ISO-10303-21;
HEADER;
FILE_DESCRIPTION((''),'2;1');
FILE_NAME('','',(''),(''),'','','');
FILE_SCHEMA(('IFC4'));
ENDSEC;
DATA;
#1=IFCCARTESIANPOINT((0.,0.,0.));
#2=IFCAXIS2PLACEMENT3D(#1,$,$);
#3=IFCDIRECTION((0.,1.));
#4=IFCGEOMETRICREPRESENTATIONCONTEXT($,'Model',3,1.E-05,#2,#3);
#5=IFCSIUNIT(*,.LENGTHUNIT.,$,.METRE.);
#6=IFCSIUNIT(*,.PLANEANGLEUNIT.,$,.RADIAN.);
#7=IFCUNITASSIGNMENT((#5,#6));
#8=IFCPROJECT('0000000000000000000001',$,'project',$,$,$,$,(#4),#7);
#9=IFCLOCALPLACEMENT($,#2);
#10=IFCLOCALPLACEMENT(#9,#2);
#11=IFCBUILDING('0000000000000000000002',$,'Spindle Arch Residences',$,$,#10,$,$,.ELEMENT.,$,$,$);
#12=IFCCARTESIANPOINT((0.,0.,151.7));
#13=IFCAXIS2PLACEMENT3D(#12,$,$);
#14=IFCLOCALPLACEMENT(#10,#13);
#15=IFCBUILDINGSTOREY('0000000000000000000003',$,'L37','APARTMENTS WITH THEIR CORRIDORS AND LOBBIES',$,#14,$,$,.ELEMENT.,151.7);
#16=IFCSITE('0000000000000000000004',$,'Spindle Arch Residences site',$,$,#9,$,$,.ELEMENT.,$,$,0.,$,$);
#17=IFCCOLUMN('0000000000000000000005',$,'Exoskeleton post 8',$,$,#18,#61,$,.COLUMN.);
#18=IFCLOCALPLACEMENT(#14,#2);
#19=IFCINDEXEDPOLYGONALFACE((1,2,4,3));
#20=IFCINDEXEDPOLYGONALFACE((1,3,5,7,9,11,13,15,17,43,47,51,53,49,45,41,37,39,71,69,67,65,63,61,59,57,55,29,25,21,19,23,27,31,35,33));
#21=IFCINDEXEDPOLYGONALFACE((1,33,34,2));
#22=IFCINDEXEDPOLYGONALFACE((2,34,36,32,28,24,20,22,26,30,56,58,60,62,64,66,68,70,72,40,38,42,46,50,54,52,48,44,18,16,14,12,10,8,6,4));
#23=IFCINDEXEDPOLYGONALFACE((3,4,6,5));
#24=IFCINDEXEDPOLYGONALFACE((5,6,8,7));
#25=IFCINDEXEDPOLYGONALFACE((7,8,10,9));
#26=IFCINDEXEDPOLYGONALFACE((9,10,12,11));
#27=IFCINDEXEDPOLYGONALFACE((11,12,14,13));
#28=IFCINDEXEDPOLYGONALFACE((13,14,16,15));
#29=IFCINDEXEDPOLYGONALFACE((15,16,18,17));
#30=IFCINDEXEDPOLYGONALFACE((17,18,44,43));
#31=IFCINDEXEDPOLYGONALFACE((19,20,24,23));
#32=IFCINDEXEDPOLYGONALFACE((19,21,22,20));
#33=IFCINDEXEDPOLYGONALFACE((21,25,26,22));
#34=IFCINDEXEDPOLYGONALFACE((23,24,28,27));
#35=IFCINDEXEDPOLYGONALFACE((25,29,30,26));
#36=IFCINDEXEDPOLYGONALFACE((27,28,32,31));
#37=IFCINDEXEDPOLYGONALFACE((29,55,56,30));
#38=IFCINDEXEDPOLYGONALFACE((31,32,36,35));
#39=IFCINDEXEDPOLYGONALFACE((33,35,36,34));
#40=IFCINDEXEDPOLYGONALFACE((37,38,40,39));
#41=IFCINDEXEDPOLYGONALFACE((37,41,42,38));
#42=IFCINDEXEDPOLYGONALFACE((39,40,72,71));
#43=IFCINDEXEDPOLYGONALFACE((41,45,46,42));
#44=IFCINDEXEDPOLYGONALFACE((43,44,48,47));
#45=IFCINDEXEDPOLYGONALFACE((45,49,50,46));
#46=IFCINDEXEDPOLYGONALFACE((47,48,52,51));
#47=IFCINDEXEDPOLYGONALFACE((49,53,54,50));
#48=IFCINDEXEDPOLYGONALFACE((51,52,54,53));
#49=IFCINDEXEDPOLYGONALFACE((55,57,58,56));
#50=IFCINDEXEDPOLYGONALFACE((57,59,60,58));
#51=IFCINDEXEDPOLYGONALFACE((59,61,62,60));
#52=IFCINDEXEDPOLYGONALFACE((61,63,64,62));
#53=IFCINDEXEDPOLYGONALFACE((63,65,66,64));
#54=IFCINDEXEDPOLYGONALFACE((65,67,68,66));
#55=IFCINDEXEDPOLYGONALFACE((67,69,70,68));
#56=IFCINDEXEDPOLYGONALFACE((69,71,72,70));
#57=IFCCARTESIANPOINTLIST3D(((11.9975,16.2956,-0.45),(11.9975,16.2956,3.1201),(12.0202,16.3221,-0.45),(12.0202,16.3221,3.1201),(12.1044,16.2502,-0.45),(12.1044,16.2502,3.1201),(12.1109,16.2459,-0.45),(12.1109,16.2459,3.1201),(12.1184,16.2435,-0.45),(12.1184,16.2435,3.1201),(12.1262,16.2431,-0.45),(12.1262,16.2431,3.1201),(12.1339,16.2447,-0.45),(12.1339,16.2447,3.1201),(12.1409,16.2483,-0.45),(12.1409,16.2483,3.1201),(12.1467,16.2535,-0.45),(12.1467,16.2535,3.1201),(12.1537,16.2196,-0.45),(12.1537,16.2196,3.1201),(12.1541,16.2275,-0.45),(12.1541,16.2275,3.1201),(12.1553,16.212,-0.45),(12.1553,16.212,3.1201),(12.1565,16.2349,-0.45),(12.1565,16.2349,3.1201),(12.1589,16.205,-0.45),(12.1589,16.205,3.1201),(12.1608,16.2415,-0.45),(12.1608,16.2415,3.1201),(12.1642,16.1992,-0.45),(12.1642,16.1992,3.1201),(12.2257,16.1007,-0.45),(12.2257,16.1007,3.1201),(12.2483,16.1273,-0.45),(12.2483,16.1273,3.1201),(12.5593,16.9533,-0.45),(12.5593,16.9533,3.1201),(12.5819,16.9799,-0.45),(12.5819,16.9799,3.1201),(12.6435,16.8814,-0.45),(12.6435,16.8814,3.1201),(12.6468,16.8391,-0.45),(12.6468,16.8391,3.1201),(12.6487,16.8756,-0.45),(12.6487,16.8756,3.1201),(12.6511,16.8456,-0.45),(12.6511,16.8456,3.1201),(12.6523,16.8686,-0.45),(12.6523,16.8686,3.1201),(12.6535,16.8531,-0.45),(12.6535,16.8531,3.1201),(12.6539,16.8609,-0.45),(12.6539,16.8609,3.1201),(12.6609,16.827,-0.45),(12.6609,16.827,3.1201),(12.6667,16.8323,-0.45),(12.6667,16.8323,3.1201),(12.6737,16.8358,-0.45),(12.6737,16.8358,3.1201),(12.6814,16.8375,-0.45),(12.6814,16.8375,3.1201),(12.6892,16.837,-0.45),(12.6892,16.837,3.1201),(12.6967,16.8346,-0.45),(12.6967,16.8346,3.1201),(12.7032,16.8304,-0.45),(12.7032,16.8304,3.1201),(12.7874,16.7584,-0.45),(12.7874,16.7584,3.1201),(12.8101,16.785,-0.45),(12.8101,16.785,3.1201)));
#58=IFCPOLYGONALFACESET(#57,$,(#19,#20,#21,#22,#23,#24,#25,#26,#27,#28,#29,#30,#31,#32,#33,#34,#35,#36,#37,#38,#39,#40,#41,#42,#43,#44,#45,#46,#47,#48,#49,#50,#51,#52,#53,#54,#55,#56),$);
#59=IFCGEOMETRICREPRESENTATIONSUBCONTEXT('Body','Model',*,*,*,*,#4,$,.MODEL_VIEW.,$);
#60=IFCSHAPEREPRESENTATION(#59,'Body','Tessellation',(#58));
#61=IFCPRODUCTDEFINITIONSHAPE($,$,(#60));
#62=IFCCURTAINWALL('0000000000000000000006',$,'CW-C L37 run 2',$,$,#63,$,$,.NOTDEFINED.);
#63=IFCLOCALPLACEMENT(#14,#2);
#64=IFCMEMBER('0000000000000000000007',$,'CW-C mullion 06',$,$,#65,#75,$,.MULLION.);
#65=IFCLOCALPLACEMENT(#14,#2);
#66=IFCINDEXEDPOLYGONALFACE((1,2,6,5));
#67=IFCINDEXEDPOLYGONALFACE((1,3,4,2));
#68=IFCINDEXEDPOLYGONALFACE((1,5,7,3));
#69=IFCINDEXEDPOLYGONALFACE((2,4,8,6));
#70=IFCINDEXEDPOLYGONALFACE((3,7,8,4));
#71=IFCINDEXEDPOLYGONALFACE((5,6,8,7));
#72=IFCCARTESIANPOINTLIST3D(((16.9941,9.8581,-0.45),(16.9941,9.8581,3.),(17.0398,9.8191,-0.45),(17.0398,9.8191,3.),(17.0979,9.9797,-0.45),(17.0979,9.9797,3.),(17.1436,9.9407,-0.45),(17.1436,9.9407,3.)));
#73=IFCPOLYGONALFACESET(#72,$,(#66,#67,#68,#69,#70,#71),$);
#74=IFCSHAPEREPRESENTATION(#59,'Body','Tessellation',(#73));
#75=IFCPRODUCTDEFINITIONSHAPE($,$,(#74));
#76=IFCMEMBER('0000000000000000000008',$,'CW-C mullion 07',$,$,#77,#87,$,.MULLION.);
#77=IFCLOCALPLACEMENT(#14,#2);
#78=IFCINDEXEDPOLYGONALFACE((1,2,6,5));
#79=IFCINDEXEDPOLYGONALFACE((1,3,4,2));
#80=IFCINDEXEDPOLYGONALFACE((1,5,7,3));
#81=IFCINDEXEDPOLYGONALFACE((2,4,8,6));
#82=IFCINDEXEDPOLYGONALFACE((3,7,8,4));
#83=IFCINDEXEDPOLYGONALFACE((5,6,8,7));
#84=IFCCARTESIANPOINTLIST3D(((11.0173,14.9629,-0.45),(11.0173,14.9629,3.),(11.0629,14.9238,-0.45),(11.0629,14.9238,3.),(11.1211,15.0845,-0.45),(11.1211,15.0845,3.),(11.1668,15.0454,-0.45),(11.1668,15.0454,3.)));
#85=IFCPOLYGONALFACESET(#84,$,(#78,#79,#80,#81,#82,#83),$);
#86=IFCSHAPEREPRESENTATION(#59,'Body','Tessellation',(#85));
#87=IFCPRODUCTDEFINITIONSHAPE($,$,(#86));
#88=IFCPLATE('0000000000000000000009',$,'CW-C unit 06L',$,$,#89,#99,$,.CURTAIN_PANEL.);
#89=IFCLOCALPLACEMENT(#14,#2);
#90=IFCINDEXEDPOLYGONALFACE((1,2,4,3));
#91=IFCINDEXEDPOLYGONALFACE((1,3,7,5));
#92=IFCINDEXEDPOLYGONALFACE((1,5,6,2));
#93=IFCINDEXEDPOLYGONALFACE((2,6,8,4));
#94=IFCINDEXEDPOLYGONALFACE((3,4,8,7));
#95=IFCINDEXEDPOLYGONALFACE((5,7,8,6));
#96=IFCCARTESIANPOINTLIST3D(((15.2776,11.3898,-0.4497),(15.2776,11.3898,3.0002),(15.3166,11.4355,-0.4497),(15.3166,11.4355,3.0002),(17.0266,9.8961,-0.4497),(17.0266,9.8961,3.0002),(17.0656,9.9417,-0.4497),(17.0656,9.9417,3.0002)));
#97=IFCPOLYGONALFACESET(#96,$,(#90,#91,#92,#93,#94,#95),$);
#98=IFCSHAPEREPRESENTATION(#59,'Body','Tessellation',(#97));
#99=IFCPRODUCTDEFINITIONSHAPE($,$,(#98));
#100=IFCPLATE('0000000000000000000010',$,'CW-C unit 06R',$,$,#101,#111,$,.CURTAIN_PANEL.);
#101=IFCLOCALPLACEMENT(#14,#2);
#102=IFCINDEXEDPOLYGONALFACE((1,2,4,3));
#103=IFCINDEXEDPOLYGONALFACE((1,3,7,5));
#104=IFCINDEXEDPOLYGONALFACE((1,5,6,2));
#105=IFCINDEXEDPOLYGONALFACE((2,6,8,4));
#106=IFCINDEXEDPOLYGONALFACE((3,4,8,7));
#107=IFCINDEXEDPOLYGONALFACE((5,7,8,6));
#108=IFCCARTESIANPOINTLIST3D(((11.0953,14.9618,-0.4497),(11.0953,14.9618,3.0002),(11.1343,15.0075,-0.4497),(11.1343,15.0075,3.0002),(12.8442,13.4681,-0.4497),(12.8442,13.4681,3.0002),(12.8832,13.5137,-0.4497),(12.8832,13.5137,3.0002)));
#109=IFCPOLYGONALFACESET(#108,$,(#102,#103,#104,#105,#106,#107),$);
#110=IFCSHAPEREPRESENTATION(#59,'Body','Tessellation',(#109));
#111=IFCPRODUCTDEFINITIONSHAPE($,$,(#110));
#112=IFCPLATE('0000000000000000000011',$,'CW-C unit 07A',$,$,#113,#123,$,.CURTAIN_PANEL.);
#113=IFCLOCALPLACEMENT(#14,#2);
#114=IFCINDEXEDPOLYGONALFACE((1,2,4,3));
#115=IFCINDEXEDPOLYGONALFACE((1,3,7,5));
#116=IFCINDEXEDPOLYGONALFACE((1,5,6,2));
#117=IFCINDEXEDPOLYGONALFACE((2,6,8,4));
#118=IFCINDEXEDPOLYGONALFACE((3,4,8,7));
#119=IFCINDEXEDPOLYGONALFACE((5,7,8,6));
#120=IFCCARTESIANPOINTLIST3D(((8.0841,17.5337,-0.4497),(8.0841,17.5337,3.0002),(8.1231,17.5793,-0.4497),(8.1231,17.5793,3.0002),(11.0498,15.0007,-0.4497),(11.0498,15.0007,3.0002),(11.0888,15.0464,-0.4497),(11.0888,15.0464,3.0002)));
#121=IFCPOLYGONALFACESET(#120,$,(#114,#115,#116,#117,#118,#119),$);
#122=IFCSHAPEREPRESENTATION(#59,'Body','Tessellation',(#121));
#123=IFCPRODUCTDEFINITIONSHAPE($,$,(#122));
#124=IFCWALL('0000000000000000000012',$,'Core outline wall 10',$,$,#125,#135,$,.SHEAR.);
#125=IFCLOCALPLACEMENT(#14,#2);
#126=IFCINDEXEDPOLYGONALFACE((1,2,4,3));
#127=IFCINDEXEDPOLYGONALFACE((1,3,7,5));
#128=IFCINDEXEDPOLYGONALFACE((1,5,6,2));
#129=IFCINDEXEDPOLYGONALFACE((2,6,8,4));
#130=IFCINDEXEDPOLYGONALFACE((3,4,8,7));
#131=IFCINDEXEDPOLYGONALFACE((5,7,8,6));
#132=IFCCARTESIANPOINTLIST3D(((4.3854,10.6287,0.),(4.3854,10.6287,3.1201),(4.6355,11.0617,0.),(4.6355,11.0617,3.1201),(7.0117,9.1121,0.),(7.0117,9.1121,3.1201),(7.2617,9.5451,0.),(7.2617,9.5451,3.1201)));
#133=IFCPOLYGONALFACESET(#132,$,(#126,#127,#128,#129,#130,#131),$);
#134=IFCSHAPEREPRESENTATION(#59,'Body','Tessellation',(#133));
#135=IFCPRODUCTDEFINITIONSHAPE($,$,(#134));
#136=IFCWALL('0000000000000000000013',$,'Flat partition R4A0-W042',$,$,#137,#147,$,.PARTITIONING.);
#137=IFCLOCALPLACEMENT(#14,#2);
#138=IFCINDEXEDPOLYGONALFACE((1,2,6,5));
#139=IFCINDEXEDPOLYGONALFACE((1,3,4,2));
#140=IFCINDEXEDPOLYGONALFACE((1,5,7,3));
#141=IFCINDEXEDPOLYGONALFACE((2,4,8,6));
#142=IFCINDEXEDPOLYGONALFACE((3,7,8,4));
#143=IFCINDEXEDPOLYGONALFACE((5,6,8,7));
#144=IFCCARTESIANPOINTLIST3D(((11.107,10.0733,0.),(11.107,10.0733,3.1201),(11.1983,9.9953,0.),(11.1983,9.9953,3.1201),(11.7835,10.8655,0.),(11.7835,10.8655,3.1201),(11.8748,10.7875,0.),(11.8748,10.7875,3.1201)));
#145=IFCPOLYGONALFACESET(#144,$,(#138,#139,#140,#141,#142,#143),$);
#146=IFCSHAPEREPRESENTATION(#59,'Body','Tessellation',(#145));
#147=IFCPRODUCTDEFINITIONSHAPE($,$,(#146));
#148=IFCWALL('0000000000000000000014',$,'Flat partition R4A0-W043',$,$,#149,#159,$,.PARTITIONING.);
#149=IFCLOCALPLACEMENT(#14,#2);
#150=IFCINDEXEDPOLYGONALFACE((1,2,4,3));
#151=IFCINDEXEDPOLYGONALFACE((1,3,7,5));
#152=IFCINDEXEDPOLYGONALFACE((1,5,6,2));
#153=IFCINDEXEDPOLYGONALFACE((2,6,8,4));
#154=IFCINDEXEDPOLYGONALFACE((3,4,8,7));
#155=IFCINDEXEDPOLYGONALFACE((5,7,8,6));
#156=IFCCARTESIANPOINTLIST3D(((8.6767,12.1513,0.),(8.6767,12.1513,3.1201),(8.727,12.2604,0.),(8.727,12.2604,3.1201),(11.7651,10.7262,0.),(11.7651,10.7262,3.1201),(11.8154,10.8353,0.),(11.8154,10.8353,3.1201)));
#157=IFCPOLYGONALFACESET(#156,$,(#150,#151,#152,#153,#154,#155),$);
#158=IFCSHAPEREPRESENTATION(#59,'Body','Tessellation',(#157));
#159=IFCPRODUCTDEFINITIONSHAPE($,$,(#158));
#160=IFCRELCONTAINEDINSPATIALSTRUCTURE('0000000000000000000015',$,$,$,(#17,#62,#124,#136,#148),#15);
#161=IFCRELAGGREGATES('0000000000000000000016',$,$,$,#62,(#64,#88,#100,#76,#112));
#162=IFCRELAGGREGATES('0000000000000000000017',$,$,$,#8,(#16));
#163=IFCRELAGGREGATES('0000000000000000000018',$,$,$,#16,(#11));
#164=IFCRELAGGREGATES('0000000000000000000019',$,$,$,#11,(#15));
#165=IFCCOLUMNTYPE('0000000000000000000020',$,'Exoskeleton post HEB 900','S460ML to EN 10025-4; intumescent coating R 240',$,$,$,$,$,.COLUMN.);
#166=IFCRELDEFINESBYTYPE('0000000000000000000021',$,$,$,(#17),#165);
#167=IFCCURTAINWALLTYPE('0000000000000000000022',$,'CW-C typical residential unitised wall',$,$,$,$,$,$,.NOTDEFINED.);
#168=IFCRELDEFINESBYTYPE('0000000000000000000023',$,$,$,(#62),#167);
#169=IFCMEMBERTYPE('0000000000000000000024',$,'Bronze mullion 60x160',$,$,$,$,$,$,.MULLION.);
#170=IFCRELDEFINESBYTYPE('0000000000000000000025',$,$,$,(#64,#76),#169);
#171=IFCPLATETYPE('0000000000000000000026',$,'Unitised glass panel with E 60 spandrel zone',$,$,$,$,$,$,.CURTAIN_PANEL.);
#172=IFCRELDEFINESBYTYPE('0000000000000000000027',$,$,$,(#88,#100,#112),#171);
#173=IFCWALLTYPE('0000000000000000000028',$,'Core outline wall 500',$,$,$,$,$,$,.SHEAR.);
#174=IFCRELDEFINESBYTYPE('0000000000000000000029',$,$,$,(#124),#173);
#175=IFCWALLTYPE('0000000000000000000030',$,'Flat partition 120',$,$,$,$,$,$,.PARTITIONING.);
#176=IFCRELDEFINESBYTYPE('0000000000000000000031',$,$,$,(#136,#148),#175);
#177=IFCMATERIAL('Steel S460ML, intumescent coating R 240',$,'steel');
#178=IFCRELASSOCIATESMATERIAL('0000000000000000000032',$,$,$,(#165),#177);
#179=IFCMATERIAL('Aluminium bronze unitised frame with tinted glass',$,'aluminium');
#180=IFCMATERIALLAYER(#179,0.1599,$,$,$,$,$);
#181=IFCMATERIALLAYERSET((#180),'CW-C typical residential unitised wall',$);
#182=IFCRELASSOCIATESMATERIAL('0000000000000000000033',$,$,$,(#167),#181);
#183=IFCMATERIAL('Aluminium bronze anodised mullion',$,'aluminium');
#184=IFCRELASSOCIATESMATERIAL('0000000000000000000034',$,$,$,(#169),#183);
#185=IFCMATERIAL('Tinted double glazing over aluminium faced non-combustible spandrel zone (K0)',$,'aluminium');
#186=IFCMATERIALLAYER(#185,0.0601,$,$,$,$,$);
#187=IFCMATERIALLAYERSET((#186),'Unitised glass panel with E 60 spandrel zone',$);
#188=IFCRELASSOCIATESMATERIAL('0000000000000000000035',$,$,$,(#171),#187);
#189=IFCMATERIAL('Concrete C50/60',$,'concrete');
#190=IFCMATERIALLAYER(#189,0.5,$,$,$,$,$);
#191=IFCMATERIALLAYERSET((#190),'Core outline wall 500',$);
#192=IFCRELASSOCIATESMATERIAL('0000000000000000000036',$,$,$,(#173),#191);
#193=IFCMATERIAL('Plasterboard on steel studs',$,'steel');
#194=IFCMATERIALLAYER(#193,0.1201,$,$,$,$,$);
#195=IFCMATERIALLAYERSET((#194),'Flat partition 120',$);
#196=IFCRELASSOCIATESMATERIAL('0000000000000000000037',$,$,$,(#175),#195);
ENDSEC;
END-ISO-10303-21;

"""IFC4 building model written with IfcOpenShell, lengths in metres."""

from ifc_helpers import new_model, si_unit, direction, frame, frame_2d, origin, origin_2d, place, context, subcontext, project, spatial, rectangle, i_section, extrude, material, layer, layer_set, material_profile, profile_set, type_object, element, aggregate, save


model = new_model("IFC4")

# Units and contexts
model_context = context("Model", 3, precision=1e-05, world=origin(), true_north=direction((0.0, 1.0)))
body_context = subcontext(model_context, "Body", "Model", "MODEL_VIEW")
ifc_project = project(units=[si_unit("LENGTHUNIT", "METRE"), si_unit("PLANEANGLEUNIT", "RADIAN")], contexts=[model_context])

# Site, building, storey
site_placement = place(None, origin())
site = spatial("IfcSite", under=ifc_project, at=site_placement, Name="Spindle Arch Residences site", CompositionType="ELEMENT", RefElevation=0.0)
building_placement = place(site_placement, origin())
building = spatial("IfcBuilding", under=site, at=building_placement, Name="Spindle Arch Residences", CompositionType="ELEMENT")
storey_placement = place(building_placement, frame((0.0, 0.0, 151.7)))
storey = spatial("IfcBuildingStorey", under=building, at=storey_placement, Name="L37", Description="APARTMENTS WITH THEIR CORRIDORS AND LOBBIES", CompositionType="ELEMENT", Elevation=151.7)

# Column
ifc_material_1 = material(Name="Steel S460ML, intumescent coating R 240", Category="steel")
ifc_material_profile_1 = material_profile(ifc_material_1, i_section(OverallWidth=0.3, OverallDepth=0.8999, WebThickness=0.0186, FlangeThickness=0.0349, FilletRadius=0.03, at=origin_2d()), Name="HEB 900")
ifc_profile_set_1 = profile_set([ifc_material_profile_1], Name="Steel S460ML, intumescent coating R 240")
column_type = type_object("IfcColumnType", Name="Exoskeleton post HEB 900", Description="S460ML to EN 10025-4; intumescent coating R 240", PredefinedType="COLUMN", material=ifc_profile_set_1)
column_placement = place(storey_placement, frame((12.4038, 16.5403, -0.45), z_axis=(0.0, 0.0, 1.0), x_axis=(0.760406, -0.649448, 0.0)))
element("IfcColumn", 1, at=column_placement, inside=storey, type_object=column_type, Name="Exoskeleton post 8", PredefinedType="COLUMN", context=body_context, shape_type="SweptSolid", body=[
    extrude(i_section(OverallWidth=0.3, OverallDepth=0.8999, WebThickness=0.0186, FlangeThickness=0.0349, FilletRadius=0.03, at=origin_2d()), origin(), (0.0, 0.0, 1.0), 3.5701),
])

# Curtain wall, members, plates
ifc_material_2 = material(Name="Aluminium bronze unitised frame with tinted glass", Category="aluminium")
ifc_layer_1 = layer(ifc_material_2, 0.1599)
ifc_layer_set_1 = layer_set([ifc_layer_1], Name="CW-C typical residential unitised wall")
curtain_wall_type = type_object("IfcCurtainWallType", Name="CW-C typical residential unitised wall", PredefinedType="NOTDEFINED", material=ifc_layer_set_1)
curtain_wall_placement = place(storey_placement, origin())
curtain_wall = element("IfcCurtainWall", 2, at=curtain_wall_placement, inside=storey, type_object=curtain_wall_type, Name="CW-C L37 run 2", PredefinedType="NOTDEFINED")
ifc_material_3 = material(Name="Aluminium bronze anodised mullion", Category="aluminium")
ifc_material_profile_2 = material_profile(ifc_material_3, rectangle(XDim=0.1599, YDim=0.0601, at=origin_2d()), Name="MU 60x160")
ifc_profile_set_2 = profile_set([ifc_material_profile_2], Name="Aluminium bronze anodised mullion")
member_type = type_object("IfcMemberType", Name="Bronze mullion 60x160", PredefinedType="MULLION", material=ifc_profile_set_2)
member_1_placement = place(storey_placement, frame((17.0688, 9.8994, -0.45), z_axis=(0.0, 0.0, 1.0), x_axis=(-0.649448, -0.760406, 0.0)))
member_1 = element("IfcMember", 3, at=member_1_placement, type_object=member_type, Name="CW-C mullion 06", PredefinedType="MULLION", context=body_context, shape_type="SweptSolid", body=[
    extrude(rectangle(XDim=0.1599, YDim=0.0601, at=origin_2d()), origin(), (0.0, 0.0, 1.0), 3.45),
])
member_2_placement = place(storey_placement, frame((11.092, 15.0042, -0.45), z_axis=(0.0, 0.0, 1.0), x_axis=(-0.649448, -0.760406, 0.0)))
member_2 = element("IfcMember", 4, at=member_2_placement, type_object=member_type, Name="CW-C mullion 07", PredefinedType="MULLION", context=body_context, shape_type="SweptSolid", body=[
    extrude(rectangle(XDim=0.1599, YDim=0.0601, at=origin_2d()), origin(), (0.0, 0.0, 1.0), 3.45),
])
ifc_material_4 = material(Name="Tinted double glazing over aluminium faced non-combustible spandrel zone (K0)", Category="aluminium")
ifc_layer_2 = layer(ifc_material_4, 0.0601)
ifc_layer_set_2 = layer_set([ifc_layer_2], Name="Unitised glass panel with E 60 spandrel zone")
plate_type = type_object("IfcPlateType", Name="Unitised glass panel with E 60 spandrel zone", PredefinedType="CURTAIN_PANEL", material=ifc_layer_set_2)
plate_1_placement = place(storey_placement, frame((16.1716, 10.6658, -0.4497), z_axis=(0.0, 0.0, 1.0), x_axis=(-0.760406, 0.649448, 0.0)))
plate_1 = element("IfcPlate", 5, at=plate_1_placement, type_object=plate_type, Name="CW-C unit 06L", PredefinedType="CURTAIN_PANEL", context=body_context, shape_type="SweptSolid", body=[
    extrude(rectangle(XDim=2.3, YDim=0.0601, at=origin_2d()), origin(), (0.0, 0.0, 1.0), 3.45),
])
plate_2_placement = place(storey_placement, frame((11.9893, 14.2378, -0.4497), z_axis=(0.0, 0.0, 1.0), x_axis=(-0.760406, 0.649448, 0.0)))
plate_2 = element("IfcPlate", 6, at=plate_2_placement, type_object=plate_type, Name="CW-C unit 06R", PredefinedType="CURTAIN_PANEL", context=body_context, shape_type="SweptSolid", body=[
    extrude(rectangle(XDim=2.3, YDim=0.0601, at=origin_2d()), origin(), (0.0, 0.0, 1.0), 3.45),
])
plate_3_placement = place(storey_placement, frame((9.5864, 16.29, -0.4497), z_axis=(0.0, 0.0, 1.0), x_axis=(-0.760406, 0.649448, 0.0)))
plate_3 = element("IfcPlate", 7, at=plate_3_placement, type_object=plate_type, Name="CW-C unit 07A", PredefinedType="CURTAIN_PANEL", context=body_context, shape_type="SweptSolid", body=[
    extrude(rectangle(XDim=3.9001, YDim=0.0601, at=origin_2d()), origin(), (0.0, 0.0, 1.0), 3.45),
])
aggregate(curtain_wall, [member_1, plate_1, plate_2, member_2, plate_3])

# Walls
ifc_material_5 = material(Name="Concrete C50/60", Category="concrete")
ifc_layer_3 = layer(ifc_material_5, 0.5)
ifc_layer_set_3 = layer_set([ifc_layer_3], Name="Core outline wall 500")
wall_type_1 = type_object("IfcWallType", Name="Core outline wall 500", PredefinedType="SHEAR", material=ifc_layer_set_3)
wall_1_placement = place(storey_placement, frame((7.1367, 9.3286, 0.0), z_axis=(0.0, 0.0, 1.0), x_axis=(-0.865975, 0.500087, 0.0)))
element("IfcWall", 8, at=wall_1_placement, inside=storey, type_object=wall_type_1, Name="Core outline wall 10", PredefinedType="SHEAR", context=body_context, shape_type="SweptSolid", body=[
    extrude(rectangle(XDim=3.0327, YDim=0.5, at=frame_2d((1.5164, 0.0))), origin(), (0.0, 0.0, 1.0), 3.1201),
])
ifc_material_6 = material(Name="Plasterboard on steel studs", Category="steel")
ifc_layer_4 = layer(ifc_material_6, 0.1201)
ifc_layer_set_4 = layer_set([ifc_layer_4], Name="Flat partition 120")
wall_type_2 = type_object("IfcWallType", Name="Flat partition 120", PredefinedType="PARTITIONING", material=ifc_layer_set_4)
wall_2_placement = place(storey_placement, frame((11.1526, 10.0342, 0.0), z_axis=(0.0, 0.0, 1.0), x_axis=(0.649381, 0.760463, 0.0)))
element("IfcWall", 9, at=wall_2_placement, inside=storey, type_object=wall_type_2, Name="Flat partition R4A0-W042", PredefinedType="PARTITIONING", context=body_context, shape_type="SweptSolid", body=[
    extrude(rectangle(XDim=1.0417, YDim=0.1201, at=frame_2d((0.521, 0.0))), origin(), (0.0, 0.0, 1.0), 3.1201),
])
wall_3_placement = place(storey_placement, frame((11.7903, 10.7808, 0.0), z_axis=(0.0, 0.0, 1.0), x_axis=(-0.907999, 0.418972, 0.0)))
element("IfcWall", 10, at=wall_3_placement, inside=storey, type_object=wall_type_2, Name="Flat partition R4A0-W043", PredefinedType="PARTITIONING", context=body_context, shape_type="SweptSolid", body=[
    extrude(rectangle(XDim=3.4014, YDim=0.1201, at=frame_2d((1.7007, 0.0))), origin(), (0.0, 0.0, 1.0), 3.1201),
])

save(model, "model.ifc")
